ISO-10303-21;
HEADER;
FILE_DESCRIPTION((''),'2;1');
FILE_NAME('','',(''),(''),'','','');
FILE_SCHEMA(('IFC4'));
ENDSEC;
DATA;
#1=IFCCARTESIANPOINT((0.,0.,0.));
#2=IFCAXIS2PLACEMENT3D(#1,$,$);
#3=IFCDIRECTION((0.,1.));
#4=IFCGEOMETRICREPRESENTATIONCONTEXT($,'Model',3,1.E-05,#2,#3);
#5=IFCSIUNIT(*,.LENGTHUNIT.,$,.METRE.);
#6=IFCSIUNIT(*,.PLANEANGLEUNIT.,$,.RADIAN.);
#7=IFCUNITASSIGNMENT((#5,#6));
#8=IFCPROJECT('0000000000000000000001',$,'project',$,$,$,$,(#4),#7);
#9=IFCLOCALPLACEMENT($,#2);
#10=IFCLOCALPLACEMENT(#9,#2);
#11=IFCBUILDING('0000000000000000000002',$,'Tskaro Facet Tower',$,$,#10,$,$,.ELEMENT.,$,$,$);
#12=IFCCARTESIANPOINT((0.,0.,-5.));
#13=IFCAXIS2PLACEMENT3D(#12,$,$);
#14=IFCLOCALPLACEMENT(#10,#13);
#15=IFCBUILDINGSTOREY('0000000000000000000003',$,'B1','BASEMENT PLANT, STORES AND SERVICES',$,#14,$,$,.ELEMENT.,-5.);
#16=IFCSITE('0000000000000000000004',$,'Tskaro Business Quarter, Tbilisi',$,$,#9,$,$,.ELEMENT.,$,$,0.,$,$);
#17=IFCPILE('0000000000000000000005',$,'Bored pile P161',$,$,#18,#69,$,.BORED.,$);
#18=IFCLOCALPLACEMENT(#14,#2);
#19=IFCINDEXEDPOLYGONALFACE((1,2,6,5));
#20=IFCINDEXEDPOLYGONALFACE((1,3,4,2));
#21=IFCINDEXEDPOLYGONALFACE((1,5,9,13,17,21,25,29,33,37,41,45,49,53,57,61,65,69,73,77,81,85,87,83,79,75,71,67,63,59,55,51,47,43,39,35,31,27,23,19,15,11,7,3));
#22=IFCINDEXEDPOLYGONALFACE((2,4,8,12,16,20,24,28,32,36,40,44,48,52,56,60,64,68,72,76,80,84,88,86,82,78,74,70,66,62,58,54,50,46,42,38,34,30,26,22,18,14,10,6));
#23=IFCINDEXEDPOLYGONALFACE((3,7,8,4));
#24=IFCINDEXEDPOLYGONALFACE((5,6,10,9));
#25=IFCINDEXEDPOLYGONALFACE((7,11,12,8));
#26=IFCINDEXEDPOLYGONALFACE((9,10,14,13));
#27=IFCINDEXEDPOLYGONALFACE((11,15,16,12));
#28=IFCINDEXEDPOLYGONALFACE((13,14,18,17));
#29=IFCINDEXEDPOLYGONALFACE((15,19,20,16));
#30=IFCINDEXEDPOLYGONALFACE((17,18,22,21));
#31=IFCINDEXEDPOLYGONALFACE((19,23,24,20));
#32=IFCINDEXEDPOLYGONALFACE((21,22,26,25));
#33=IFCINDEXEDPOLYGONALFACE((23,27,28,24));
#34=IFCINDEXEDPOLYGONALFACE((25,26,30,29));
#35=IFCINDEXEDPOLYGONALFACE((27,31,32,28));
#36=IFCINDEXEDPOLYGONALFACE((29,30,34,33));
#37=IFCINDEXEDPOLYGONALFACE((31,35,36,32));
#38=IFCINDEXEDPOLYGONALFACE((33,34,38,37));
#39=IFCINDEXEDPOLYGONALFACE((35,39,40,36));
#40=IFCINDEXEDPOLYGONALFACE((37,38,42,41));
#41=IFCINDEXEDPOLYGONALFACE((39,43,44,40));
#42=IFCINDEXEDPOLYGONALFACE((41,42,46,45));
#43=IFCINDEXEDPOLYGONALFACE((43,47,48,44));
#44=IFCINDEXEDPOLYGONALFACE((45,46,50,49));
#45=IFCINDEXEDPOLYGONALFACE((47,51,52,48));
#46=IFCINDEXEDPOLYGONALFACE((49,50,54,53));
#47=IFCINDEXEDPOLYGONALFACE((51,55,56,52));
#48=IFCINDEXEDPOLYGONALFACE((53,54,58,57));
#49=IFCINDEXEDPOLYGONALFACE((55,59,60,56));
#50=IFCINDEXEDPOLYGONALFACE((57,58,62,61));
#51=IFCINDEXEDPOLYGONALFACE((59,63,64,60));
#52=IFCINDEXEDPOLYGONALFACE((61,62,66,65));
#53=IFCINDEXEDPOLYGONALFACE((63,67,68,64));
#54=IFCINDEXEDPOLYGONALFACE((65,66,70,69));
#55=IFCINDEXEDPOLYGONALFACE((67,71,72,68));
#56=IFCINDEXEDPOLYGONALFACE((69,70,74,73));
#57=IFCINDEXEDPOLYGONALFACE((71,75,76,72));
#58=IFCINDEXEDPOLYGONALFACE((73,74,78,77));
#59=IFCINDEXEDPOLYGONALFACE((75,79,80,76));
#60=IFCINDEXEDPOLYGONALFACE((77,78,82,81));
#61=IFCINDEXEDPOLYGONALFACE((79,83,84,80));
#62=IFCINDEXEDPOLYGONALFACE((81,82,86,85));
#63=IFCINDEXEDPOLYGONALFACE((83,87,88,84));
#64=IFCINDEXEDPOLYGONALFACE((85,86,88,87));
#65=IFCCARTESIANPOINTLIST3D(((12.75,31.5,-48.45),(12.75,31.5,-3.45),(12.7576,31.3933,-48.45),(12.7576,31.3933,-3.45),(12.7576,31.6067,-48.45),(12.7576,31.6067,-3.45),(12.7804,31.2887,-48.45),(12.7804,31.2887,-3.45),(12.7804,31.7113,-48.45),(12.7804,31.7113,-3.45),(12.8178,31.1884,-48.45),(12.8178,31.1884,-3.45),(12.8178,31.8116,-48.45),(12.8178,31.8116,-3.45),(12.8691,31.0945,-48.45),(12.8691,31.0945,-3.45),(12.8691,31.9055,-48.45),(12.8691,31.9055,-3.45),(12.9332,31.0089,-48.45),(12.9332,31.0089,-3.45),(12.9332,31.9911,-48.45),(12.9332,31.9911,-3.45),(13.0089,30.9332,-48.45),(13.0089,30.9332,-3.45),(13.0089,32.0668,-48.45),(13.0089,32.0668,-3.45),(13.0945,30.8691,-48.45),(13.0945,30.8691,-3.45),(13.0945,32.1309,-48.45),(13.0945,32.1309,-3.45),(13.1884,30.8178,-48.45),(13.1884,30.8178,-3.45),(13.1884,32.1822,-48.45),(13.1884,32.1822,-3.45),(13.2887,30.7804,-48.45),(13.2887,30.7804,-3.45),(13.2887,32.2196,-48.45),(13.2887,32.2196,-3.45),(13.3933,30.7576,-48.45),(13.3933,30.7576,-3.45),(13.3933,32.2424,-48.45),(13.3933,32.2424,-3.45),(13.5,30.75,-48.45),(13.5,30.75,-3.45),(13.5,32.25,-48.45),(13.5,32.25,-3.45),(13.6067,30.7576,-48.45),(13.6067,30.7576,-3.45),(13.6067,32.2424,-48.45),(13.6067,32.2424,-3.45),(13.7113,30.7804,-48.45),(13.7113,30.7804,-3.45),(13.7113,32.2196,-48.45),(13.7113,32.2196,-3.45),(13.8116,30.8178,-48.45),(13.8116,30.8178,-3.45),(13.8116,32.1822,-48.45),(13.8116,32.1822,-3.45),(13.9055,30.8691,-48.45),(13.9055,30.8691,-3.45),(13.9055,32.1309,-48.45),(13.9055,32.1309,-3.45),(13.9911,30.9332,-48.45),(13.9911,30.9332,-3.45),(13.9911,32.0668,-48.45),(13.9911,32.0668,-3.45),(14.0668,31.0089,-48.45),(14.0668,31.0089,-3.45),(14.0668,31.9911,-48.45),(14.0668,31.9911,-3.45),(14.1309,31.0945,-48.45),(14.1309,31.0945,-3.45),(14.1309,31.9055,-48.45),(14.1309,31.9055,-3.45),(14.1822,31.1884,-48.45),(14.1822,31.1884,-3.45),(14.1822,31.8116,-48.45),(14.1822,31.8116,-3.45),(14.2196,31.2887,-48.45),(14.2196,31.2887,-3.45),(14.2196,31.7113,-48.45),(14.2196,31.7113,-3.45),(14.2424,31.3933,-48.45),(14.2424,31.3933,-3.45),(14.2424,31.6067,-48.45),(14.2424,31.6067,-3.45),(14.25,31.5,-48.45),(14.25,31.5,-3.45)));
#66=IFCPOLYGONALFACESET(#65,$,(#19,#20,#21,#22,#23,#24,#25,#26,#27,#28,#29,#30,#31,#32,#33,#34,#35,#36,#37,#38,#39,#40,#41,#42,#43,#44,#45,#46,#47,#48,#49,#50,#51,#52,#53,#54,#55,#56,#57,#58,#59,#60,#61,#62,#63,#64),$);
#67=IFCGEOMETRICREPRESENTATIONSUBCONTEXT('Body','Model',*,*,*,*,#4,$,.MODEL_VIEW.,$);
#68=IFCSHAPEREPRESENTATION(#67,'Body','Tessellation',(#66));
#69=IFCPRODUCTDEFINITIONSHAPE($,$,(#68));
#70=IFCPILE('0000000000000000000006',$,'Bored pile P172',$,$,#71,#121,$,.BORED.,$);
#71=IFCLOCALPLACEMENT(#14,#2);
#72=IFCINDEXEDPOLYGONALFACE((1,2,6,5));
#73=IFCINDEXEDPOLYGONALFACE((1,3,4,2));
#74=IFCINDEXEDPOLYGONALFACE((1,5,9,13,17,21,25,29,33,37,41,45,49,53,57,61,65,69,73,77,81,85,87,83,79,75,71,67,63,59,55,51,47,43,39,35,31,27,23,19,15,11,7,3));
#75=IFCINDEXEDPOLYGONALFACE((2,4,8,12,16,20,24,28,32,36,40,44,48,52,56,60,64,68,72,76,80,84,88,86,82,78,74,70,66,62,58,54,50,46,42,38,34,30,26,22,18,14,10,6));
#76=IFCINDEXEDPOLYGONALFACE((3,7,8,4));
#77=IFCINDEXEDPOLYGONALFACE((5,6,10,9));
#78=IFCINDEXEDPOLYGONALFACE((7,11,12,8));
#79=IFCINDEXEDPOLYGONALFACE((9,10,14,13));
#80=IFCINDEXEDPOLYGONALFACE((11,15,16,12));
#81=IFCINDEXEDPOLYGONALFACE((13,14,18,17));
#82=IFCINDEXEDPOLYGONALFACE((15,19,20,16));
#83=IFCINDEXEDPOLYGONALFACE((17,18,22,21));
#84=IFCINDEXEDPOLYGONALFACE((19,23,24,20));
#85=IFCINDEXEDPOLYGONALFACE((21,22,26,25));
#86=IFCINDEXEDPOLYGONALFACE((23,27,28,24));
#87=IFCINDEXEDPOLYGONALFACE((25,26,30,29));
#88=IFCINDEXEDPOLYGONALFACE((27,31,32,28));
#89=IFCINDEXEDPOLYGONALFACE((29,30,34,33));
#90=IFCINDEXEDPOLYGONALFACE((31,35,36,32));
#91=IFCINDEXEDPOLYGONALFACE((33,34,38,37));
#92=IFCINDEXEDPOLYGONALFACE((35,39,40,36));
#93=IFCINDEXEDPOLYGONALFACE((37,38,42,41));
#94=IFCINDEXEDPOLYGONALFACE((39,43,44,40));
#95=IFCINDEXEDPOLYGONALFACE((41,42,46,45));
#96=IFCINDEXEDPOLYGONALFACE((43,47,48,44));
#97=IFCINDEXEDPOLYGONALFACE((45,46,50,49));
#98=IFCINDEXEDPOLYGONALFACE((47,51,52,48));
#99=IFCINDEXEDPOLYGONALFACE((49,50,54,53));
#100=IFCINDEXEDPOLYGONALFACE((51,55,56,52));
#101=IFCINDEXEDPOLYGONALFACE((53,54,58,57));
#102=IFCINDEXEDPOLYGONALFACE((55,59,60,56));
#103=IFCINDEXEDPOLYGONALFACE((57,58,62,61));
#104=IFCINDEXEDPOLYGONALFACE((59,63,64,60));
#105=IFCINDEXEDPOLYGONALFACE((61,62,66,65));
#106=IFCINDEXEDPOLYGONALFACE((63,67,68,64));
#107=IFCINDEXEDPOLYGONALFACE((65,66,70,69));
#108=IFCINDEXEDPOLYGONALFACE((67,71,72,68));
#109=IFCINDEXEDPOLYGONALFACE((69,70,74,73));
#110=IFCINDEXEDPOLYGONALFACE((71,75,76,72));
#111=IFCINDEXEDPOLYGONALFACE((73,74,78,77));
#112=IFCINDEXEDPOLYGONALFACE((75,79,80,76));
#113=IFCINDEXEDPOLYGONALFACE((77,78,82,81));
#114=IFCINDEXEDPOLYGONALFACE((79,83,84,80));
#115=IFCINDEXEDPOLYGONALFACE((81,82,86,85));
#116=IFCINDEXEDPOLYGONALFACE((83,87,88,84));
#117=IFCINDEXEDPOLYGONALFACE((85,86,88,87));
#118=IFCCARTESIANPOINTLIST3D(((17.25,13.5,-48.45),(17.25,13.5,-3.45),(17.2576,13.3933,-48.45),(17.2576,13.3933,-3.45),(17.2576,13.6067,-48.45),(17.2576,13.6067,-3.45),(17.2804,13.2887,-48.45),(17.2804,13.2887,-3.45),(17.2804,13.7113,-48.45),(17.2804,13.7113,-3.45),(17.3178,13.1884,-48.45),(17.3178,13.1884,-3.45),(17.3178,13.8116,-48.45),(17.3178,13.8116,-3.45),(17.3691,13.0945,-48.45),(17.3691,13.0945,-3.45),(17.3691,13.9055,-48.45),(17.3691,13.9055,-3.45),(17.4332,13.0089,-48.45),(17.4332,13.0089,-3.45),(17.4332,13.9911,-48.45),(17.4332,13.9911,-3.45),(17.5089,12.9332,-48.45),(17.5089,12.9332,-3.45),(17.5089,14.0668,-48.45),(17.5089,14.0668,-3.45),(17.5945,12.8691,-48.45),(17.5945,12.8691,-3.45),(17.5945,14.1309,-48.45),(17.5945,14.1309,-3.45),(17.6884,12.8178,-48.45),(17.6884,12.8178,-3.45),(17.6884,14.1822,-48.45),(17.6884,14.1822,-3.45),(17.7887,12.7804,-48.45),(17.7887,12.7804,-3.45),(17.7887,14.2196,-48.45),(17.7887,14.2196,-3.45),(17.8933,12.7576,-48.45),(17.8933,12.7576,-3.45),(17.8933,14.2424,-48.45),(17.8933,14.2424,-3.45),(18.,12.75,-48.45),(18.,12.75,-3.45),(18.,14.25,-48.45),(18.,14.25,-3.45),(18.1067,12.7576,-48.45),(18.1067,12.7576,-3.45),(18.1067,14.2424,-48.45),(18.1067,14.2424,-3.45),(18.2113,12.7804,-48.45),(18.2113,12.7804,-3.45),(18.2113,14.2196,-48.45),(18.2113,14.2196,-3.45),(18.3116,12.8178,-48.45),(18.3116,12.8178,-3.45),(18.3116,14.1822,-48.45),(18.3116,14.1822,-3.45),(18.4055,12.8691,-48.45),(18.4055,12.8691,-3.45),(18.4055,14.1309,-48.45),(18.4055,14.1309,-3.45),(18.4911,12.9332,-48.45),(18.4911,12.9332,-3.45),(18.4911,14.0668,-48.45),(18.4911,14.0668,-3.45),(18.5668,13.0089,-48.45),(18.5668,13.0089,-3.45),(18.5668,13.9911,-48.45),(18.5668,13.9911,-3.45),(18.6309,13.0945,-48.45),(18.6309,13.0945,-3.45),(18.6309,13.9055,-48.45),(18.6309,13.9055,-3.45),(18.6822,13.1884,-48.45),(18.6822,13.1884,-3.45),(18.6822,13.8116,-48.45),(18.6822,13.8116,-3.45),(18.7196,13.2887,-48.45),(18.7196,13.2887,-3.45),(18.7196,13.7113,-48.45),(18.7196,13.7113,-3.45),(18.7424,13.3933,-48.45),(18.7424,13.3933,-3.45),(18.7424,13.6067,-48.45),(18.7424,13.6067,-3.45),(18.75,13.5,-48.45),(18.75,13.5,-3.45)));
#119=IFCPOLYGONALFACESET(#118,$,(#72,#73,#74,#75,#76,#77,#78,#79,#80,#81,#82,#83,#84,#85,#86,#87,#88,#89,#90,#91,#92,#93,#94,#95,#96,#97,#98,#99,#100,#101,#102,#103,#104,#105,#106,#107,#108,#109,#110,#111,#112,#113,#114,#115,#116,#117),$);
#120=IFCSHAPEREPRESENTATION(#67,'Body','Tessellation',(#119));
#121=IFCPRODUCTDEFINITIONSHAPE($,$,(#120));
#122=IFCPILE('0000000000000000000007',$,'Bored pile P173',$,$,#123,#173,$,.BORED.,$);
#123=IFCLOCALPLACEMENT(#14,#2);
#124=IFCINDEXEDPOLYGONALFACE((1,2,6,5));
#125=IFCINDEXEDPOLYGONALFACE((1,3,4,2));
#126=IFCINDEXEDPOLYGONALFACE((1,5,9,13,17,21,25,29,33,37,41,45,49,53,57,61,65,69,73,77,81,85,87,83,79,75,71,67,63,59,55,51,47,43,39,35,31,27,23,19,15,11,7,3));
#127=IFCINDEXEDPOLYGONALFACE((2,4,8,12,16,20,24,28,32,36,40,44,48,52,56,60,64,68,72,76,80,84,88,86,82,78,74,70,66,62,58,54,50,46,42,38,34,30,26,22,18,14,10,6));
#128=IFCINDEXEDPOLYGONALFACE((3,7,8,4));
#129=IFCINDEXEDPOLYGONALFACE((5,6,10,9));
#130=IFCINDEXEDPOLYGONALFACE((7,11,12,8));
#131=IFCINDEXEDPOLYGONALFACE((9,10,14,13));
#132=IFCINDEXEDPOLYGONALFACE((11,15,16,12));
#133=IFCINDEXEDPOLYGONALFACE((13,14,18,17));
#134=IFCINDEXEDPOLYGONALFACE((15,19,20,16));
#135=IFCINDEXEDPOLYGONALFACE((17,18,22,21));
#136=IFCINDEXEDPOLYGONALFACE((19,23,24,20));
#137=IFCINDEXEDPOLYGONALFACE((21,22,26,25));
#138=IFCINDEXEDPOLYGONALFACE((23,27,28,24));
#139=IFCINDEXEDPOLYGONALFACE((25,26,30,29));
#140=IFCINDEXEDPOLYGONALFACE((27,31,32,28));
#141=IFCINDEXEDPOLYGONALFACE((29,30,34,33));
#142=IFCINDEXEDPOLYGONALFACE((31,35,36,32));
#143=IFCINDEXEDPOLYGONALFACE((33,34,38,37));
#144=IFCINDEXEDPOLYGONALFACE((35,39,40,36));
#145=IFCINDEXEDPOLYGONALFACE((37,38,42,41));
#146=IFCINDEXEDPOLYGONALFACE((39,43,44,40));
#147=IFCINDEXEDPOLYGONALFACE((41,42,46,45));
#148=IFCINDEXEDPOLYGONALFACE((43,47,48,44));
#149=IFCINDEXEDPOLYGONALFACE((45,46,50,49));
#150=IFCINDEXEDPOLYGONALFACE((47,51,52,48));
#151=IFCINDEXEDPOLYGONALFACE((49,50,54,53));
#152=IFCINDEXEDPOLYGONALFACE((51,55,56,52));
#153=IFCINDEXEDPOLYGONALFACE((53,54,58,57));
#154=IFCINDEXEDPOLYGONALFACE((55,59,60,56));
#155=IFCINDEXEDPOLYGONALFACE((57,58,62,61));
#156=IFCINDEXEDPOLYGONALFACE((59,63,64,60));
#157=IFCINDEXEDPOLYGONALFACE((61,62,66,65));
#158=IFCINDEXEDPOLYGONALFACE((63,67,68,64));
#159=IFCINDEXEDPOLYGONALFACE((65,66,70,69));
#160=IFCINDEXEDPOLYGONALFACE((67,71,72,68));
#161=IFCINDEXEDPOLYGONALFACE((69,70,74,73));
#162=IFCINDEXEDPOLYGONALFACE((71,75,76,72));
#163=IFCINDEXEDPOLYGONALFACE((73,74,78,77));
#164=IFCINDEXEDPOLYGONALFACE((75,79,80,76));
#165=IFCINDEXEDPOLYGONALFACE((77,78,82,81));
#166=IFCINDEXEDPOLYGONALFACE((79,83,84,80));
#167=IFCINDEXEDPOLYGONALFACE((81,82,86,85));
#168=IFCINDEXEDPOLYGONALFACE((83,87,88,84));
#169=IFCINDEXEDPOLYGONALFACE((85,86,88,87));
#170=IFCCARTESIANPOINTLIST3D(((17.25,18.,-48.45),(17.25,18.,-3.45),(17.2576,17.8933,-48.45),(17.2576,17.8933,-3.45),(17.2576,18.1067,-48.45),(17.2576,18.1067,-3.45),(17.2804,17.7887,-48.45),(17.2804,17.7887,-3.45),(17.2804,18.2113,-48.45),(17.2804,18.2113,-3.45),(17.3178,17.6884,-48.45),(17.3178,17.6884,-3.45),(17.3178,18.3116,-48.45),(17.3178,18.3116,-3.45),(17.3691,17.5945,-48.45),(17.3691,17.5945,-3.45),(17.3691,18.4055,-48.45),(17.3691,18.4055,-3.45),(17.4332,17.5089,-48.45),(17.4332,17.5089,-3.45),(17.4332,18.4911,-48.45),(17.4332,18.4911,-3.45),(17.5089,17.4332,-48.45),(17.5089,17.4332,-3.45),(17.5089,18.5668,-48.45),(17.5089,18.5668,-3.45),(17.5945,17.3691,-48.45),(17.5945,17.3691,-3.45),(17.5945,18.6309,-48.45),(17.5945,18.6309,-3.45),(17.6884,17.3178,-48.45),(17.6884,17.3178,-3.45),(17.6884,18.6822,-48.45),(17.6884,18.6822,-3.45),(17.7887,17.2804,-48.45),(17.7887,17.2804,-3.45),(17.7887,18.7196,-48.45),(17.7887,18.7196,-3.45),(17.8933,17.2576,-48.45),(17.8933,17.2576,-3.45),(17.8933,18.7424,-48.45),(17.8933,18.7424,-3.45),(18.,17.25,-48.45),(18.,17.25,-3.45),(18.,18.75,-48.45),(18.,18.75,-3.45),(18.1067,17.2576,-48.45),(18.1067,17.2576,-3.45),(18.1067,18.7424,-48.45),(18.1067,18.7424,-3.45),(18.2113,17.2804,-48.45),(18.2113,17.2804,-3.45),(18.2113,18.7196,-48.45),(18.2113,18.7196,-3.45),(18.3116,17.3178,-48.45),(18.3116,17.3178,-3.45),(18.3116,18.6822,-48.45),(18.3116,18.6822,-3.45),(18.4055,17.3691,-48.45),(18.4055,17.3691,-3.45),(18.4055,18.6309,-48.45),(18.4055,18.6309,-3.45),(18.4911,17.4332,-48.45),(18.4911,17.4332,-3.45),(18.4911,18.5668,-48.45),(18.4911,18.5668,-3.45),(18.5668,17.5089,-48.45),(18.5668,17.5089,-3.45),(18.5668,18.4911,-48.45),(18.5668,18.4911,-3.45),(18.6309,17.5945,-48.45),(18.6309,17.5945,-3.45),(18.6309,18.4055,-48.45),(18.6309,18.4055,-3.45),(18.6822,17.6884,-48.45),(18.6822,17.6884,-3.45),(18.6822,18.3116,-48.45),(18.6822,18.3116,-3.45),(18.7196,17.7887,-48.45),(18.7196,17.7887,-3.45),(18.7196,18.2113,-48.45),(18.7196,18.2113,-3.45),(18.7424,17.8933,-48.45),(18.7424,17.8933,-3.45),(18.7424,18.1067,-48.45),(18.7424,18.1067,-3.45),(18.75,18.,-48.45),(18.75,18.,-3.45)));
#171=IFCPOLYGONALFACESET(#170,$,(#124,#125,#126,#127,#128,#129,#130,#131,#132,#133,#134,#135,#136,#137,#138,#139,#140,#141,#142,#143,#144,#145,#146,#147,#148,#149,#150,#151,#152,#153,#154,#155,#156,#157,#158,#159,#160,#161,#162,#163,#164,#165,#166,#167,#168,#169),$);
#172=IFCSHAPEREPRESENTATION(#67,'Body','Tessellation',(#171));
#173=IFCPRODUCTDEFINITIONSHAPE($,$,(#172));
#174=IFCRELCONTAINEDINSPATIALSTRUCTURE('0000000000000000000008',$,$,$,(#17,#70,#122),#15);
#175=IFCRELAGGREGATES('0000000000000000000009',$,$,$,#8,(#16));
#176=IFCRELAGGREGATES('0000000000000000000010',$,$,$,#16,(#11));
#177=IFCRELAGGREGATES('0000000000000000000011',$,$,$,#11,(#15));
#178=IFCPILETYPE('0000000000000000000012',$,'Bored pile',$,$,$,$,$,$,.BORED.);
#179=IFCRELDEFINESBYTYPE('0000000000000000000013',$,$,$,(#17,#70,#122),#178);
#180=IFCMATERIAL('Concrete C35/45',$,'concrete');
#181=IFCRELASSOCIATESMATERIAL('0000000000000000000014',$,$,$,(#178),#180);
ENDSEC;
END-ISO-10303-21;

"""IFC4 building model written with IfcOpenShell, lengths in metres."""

from ifc_helpers import new_model, si_unit, direction, frame, origin, origin_2d, place, context, subcontext, project, spatial, circle, extrude, material, material_profile, profile_set, type_object, element, save


model = new_model("IFC4")

# Units and contexts
model_context = context("Model", 3, precision=1e-05, world=origin(), true_north=direction((0.0, 1.0)))
body_context = subcontext(model_context, "Body", "Model", "MODEL_VIEW")
ifc_project = project(units=[si_unit("LENGTHUNIT", "METRE"), si_unit("PLANEANGLEUNIT", "RADIAN")], contexts=[model_context])

# Site, building, storey
site_placement = place(None, origin())
site = spatial("IfcSite", under=ifc_project, at=site_placement, Name="Tskaro Business Quarter, Tbilisi", CompositionType="ELEMENT", RefElevation=0.0)
building_placement = place(site_placement, origin())
building = spatial("IfcBuilding", under=site, at=building_placement, Name="Tskaro Facet Tower", CompositionType="ELEMENT")
storey_placement = place(building_placement, frame((0.0, 0.0, -5.0)))
storey = spatial("IfcBuildingStorey", under=building, at=storey_placement, Name="B1", Description="BASEMENT PLANT, STORES AND SERVICES", CompositionType="ELEMENT", Elevation=-5.0)

# Piles
ifc_material_1 = material(Name="Concrete C35/45", Category="concrete")
ifc_material_profile_1 = material_profile(ifc_material_1, circle(Radius=0.75, at=origin_2d()), Name="Bored pile")
ifc_profile_set_1 = profile_set([ifc_material_profile_1], Name="Concrete C35/45")
pile_type = type_object("IfcPileType", Name="Bored pile", PredefinedType="BORED", material=ifc_profile_set_1)
for number, where, z_axis, x_axis, name in (
    (1, (13.5, 31.5, -3.45), (0.0, 0.0, -1.0), (1.0, 0.0, 0.0), "Bored pile P161"),
    (2, (18.0, 13.5, -3.45), (0.0, 0.0, -1.0), (1.0, 0.0, 0.0), "Bored pile P172"),
    (3, (18.0, 18.0, -3.45), (0.0, 0.0, -1.0), (1.0, 0.0, 0.0), "Bored pile P173"),
):
    element("IfcPile", number, at=place(storey_placement, frame(where, z_axis=z_axis, x_axis=x_axis)), inside=storey, type_object=pile_type, Name=name, PredefinedType="BORED", context=body_context, shape_type="SweptSolid", body=[
        extrude(circle(Radius=0.75, at=origin_2d()), origin(), (0.0, 0.0, 1.0), 45.0),
    ])

save(model, "model.ifc")
